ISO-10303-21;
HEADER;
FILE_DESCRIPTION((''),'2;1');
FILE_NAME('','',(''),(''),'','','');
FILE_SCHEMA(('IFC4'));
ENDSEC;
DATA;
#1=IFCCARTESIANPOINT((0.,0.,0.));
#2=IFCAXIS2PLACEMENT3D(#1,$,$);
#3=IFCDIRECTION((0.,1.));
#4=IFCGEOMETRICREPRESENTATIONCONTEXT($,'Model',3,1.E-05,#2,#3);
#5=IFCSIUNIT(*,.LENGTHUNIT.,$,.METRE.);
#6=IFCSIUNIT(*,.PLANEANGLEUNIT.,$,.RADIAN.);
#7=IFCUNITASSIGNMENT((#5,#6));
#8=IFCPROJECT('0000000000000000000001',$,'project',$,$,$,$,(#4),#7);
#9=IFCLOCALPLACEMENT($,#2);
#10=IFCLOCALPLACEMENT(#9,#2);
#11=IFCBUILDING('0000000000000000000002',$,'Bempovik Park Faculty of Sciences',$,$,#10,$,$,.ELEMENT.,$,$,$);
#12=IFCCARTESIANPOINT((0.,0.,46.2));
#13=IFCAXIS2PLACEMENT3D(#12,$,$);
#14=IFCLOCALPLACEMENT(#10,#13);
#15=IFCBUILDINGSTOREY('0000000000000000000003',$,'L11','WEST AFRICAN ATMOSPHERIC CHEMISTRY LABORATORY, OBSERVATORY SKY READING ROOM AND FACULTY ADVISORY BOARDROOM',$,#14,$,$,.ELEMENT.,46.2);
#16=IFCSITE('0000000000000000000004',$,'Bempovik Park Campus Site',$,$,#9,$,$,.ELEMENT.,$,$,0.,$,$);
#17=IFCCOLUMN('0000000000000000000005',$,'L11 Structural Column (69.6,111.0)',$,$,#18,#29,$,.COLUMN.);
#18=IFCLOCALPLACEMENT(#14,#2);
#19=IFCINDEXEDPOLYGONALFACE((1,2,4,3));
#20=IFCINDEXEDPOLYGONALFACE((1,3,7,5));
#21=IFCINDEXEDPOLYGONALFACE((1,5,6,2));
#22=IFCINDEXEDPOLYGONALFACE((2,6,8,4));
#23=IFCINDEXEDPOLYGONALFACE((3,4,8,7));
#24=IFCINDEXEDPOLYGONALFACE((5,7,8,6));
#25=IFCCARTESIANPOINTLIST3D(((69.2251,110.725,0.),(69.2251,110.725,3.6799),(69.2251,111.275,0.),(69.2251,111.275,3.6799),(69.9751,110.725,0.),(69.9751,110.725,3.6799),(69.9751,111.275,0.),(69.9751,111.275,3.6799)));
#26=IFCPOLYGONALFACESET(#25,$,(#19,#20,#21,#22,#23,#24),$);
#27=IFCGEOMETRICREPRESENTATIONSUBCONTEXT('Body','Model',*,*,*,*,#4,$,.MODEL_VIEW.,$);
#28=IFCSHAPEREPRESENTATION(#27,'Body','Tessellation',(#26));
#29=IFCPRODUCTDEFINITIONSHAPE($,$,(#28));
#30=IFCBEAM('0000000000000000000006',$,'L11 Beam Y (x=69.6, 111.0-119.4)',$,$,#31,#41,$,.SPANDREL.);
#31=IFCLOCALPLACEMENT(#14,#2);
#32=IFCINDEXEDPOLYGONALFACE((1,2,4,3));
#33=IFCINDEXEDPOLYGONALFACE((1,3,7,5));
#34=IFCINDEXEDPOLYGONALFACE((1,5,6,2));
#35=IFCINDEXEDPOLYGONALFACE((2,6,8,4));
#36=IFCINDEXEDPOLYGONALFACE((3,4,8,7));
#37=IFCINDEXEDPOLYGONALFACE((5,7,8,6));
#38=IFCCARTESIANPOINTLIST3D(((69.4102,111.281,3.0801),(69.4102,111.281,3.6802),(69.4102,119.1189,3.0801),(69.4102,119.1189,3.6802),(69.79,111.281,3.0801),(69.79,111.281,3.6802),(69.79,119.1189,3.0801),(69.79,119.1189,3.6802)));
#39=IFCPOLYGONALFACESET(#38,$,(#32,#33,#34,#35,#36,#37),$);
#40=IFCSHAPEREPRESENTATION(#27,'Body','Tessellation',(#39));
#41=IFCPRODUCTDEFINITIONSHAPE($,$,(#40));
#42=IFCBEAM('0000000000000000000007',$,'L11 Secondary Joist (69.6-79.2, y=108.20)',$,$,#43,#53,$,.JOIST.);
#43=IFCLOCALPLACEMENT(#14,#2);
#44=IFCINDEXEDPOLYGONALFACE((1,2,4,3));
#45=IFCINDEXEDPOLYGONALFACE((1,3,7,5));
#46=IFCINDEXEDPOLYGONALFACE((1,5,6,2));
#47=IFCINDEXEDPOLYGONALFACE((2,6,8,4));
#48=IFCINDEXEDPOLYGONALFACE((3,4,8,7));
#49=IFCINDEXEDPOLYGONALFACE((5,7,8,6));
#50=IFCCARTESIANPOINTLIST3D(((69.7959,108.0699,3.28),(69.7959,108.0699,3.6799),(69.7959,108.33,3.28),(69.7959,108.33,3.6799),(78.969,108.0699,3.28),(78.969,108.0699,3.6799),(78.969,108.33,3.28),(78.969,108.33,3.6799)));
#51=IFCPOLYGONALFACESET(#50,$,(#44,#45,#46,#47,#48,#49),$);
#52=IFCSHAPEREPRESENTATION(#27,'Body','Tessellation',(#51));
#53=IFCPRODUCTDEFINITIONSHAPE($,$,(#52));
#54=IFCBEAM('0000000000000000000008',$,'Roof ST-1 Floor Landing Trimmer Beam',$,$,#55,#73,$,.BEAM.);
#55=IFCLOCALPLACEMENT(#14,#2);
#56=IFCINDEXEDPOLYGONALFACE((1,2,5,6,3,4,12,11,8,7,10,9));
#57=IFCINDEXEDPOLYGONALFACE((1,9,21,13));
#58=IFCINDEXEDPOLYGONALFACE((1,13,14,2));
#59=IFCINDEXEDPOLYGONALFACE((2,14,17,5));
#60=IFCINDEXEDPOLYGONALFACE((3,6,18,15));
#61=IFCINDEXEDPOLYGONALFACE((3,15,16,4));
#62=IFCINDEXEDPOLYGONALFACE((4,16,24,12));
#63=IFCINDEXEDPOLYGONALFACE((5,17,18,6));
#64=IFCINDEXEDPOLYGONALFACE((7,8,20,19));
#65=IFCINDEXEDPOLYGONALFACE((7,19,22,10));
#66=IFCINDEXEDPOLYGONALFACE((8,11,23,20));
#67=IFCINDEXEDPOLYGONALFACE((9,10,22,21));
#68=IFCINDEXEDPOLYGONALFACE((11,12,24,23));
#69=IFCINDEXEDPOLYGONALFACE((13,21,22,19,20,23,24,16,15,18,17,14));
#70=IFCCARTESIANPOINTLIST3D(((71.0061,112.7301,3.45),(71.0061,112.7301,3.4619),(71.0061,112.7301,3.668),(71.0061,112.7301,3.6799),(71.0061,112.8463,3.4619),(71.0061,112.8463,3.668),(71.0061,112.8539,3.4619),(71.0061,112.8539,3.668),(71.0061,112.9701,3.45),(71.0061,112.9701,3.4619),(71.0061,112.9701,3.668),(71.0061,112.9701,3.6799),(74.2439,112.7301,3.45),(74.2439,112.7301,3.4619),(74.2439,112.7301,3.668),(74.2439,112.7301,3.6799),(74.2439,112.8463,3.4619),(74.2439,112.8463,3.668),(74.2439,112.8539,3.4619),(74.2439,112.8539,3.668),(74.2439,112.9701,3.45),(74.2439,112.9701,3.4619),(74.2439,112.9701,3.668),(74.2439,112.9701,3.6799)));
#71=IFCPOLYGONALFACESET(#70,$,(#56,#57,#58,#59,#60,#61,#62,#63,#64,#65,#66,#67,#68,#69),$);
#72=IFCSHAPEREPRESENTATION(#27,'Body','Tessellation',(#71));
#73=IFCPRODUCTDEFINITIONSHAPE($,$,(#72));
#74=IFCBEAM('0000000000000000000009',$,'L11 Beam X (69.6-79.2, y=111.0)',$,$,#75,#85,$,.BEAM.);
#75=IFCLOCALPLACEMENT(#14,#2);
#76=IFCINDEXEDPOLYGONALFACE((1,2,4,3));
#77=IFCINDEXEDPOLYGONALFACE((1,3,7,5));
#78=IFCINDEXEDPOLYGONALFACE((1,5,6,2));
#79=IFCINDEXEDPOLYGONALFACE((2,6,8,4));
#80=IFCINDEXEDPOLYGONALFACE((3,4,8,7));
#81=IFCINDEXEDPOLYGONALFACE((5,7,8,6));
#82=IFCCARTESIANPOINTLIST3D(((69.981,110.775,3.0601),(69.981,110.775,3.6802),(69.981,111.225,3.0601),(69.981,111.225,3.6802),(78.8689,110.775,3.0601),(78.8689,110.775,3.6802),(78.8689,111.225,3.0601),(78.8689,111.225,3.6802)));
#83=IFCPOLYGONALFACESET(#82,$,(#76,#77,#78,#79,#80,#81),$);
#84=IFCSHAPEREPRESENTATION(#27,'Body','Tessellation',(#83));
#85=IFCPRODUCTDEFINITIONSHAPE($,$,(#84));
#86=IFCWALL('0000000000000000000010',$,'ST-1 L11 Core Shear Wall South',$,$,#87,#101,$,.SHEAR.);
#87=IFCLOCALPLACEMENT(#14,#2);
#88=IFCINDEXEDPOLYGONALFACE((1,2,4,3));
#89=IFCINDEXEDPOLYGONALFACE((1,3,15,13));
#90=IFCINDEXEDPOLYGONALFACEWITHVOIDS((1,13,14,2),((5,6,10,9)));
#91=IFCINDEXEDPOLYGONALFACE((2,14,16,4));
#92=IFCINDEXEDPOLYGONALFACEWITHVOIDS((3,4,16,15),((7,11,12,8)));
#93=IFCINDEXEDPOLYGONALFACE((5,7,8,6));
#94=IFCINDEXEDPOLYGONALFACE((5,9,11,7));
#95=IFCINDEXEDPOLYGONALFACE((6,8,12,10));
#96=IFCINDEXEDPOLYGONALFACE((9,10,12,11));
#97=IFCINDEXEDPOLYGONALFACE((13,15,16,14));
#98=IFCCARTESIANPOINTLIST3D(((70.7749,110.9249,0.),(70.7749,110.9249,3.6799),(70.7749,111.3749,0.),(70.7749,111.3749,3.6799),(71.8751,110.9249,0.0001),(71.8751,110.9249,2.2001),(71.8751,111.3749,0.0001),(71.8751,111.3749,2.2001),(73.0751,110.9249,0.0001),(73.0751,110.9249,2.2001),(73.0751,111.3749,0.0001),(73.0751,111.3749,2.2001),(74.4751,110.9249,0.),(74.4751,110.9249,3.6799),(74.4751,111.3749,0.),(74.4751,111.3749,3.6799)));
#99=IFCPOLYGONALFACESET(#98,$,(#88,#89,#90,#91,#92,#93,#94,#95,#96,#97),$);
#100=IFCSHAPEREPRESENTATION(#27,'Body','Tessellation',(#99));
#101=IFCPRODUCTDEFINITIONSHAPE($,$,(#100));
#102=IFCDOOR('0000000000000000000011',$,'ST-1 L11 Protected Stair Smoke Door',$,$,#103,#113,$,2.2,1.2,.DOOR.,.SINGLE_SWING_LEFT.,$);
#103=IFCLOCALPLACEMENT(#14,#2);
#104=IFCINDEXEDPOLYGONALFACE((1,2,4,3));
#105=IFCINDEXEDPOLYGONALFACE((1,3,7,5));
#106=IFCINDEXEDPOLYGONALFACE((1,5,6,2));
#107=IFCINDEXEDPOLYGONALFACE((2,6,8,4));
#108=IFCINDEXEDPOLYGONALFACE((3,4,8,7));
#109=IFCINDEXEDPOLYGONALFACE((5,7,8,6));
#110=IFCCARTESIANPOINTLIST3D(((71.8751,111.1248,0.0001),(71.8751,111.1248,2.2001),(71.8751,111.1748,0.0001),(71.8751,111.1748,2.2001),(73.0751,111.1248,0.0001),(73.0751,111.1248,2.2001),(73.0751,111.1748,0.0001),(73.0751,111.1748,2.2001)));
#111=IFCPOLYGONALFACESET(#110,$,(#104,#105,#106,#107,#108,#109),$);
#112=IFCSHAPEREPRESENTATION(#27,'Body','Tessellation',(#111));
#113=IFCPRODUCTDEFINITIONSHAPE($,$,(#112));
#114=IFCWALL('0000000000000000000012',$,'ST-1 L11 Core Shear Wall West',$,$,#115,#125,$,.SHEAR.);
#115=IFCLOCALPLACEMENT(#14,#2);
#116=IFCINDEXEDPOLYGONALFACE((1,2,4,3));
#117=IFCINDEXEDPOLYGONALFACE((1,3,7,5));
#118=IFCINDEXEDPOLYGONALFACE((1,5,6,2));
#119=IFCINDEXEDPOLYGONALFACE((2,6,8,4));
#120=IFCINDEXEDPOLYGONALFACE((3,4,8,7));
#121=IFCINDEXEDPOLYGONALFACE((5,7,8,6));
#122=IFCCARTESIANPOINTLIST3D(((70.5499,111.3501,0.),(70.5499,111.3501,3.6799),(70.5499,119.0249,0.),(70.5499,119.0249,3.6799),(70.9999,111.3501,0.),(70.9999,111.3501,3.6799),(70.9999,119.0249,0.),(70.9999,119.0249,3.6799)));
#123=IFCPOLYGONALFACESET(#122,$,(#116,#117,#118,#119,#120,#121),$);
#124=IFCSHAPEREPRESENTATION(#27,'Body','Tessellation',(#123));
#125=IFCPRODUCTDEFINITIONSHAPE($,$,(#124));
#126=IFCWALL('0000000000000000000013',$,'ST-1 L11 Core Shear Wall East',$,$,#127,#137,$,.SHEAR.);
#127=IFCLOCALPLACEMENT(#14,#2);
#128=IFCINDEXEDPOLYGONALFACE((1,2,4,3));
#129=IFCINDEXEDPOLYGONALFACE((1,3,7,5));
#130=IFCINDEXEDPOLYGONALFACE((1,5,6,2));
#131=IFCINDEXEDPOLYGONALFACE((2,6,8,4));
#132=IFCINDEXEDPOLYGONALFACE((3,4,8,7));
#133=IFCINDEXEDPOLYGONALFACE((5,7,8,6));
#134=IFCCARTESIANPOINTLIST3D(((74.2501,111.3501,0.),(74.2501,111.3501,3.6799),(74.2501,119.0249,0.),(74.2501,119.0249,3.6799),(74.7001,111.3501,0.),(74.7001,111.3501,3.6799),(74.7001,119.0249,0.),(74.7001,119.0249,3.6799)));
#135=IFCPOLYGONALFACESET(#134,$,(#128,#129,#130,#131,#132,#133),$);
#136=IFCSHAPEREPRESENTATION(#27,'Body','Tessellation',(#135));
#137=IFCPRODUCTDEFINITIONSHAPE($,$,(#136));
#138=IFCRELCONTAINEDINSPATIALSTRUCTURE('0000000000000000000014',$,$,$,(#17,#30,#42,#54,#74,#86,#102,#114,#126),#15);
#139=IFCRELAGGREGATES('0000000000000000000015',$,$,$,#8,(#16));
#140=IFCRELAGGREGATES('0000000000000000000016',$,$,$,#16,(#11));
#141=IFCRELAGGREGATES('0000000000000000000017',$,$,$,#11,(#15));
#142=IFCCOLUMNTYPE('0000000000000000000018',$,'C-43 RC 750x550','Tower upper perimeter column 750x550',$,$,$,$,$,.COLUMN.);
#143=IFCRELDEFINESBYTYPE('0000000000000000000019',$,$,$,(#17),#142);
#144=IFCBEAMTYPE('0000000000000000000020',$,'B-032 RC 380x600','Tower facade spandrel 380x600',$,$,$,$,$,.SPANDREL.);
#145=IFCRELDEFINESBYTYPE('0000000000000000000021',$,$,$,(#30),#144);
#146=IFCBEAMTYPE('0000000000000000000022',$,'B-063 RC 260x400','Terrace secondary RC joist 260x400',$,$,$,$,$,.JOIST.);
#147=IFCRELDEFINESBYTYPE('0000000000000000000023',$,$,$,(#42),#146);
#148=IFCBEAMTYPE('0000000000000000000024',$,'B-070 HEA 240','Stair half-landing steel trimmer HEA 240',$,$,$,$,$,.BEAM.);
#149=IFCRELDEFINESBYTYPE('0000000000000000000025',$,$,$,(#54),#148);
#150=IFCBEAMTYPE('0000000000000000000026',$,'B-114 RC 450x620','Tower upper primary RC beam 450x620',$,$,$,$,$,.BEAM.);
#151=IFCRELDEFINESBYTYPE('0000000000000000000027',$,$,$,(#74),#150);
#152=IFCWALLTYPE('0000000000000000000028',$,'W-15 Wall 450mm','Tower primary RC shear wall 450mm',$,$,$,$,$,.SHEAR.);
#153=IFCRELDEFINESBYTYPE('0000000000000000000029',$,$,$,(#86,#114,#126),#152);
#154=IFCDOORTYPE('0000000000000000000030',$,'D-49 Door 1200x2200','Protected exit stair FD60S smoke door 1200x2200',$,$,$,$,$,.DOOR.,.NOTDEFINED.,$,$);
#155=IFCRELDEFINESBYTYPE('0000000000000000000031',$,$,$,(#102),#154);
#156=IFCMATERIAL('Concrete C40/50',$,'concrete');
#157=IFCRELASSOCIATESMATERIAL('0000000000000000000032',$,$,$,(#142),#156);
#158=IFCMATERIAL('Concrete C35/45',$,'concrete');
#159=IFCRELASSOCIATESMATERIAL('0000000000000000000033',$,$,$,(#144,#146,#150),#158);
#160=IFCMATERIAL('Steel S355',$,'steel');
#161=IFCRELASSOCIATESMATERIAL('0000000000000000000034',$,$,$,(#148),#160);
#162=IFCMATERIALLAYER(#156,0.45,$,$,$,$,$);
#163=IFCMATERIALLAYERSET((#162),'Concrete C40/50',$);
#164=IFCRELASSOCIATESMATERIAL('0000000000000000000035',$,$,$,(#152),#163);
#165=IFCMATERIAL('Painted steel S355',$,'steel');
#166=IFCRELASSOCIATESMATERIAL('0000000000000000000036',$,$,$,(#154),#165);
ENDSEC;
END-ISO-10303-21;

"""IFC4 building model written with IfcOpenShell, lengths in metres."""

from ifc_helpers import new_model, si_unit, direction, frame, frame_2d, origin, origin_2d, place, context, subcontext, project, spatial, rectangle, i_section, extrude, material, layer, layer_set, material_profile, profile_set, type_object, element, fill, save


model = new_model("IFC4")

# Units and contexts
model_context = context("Model", 3, precision=1e-05, world=origin(), true_north=direction((0.0, 1.0)))
body_context = subcontext(model_context, "Body", "Model", "MODEL_VIEW")
ifc_project = project(units=[si_unit("LENGTHUNIT", "METRE"), si_unit("PLANEANGLEUNIT", "RADIAN")], contexts=[model_context])

# Site, building, storey
site_placement = place(None, origin())
site = spatial("IfcSite", under=ifc_project, at=site_placement, Name="Bempovik Park Campus Site", CompositionType="ELEMENT", RefElevation=0.0)
building_placement = place(site_placement, origin())
building = spatial("IfcBuilding", under=site, at=building_placement, Name="Bempovik Park Faculty of Sciences", CompositionType="ELEMENT")
storey_placement = place(building_placement, frame((0.0, 0.0, 46.2)))
storey = spatial("IfcBuildingStorey", under=building, at=storey_placement, Name="L11", Description="WEST AFRICAN ATMOSPHERIC CHEMISTRY LABORATORY, OBSERVATORY SKY READING ROOM AND FACULTY ADVISORY BOARDROOM", CompositionType="ELEMENT", Elevation=46.2)

# Column
ifc_material_1 = material(Name="Concrete C40/50", Category="concrete")
ifc_material_profile_1 = material_profile(ifc_material_1, rectangle(XDim=0.75, YDim=0.55, at=origin_2d()), Name="RC 750x550")
ifc_profile_set_1 = profile_set([ifc_material_profile_1], Name="Concrete C40/50")
column_type = type_object("IfcColumnType", Name="C-43 RC 750x550", Description="Tower upper perimeter column 750x550", PredefinedType="COLUMN", material=ifc_profile_set_1)
column_placement = place(storey_placement, frame((69.6001, 111.0, 0.0), z_axis=(0.0, 0.0, 1.0), x_axis=(1.0, 0.0, 0.0)))
element("IfcColumn", 1, at=column_placement, inside=storey, type_object=column_type, Name="L11 Structural Column (69.6,111.0)", PredefinedType="COLUMN", context=body_context, shape_type="SweptSolid", body=[
    extrude(rectangle(XDim=0.75, YDim=0.55, at=origin_2d()), origin(), (0.0, 0.0, 1.0), 3.6799),
])

# Beams
ifc_material_2 = material(Name="Concrete C35/45", Category="concrete")
ifc_material_profile_2 = material_profile(ifc_material_2, rectangle(XDim=0.3799, YDim=0.6001, at=origin_2d()), Name="RC 380x600")
ifc_profile_set_2 = profile_set([ifc_material_profile_2], Name="Concrete C35/45")
beam_type_1 = type_object("IfcBeamType", Name="B-032 RC 380x600", Description="Tower facade spandrel 380x600", PredefinedType="SPANDREL", material=ifc_profile_set_2)
beam_1_placement = place(storey_placement, frame((69.6001, 111.281, 3.3801), z_axis=(0.0, 1.0, 0.0), x_axis=(-1.0, 0.0, 0.0)))
element("IfcBeam", 2, at=beam_1_placement, inside=storey, type_object=beam_type_1, Name="L11 Beam Y (x=69.6, 111.0-119.4)", PredefinedType="SPANDREL", context=body_context, shape_type="SweptSolid", body=[
    extrude(rectangle(XDim=0.3799, YDim=0.6001, at=origin_2d()), origin(), (0.0, 0.0, 1.0), 7.8379),
])
ifc_material_profile_3 = material_profile(ifc_material_2, rectangle(XDim=0.26, YDim=0.3999, at=origin_2d()), Name="RC 260x400")
ifc_profile_set_3 = profile_set([ifc_material_profile_3], Name="Concrete C35/45")
beam_type_2 = type_object("IfcBeamType", Name="B-063 RC 260x400", Description="Terrace secondary RC joist 260x400", PredefinedType="JOIST", material=ifc_profile_set_3)
beam_2_placement = place(storey_placement, frame((69.7959, 108.2, 3.48), z_axis=(1.0, 0.0, 0.0), x_axis=(0.0, 1.0, 0.0)))
element("IfcBeam", 3, at=beam_2_placement, inside=storey, type_object=beam_type_2, Name="L11 Secondary Joist (69.6-79.2, y=108.20)", PredefinedType="JOIST", context=body_context, shape_type="SweptSolid", body=[
    extrude(rectangle(XDim=0.26, YDim=0.3999, at=origin_2d()), origin(), (0.0, 0.0, 1.0), 9.1731),
])
ifc_material_3 = material(Name="Steel S355", Category="steel")
ifc_material_profile_4 = material_profile(ifc_material_3, i_section(OverallWidth=0.24, OverallDepth=0.23, WebThickness=0.0076, FlangeThickness=0.012, at=origin_2d()), Name="HEA 240")
ifc_profile_set_4 = profile_set([ifc_material_profile_4], Name="Steel S355")
beam_type_3 = type_object("IfcBeamType", Name="B-070 HEA 240", Description="Stair half-landing steel trimmer HEA 240", PredefinedType="BEAM", material=ifc_profile_set_4)
beam_3_placement = place(storey_placement, frame((71.0061, 112.8501, 3.5649), z_axis=(1.0, 0.0, 0.0), x_axis=(0.0, 1.0, 0.0)))
element("IfcBeam", 4, at=beam_3_placement, inside=storey, type_object=beam_type_3, Name="Roof ST-1 Floor Landing Trimmer Beam", PredefinedType="BEAM", context=body_context, shape_type="SweptSolid", body=[
    extrude(i_section(OverallWidth=0.24, OverallDepth=0.23, WebThickness=0.0076, FlangeThickness=0.012, at=origin_2d()), origin(), (0.0, 0.0, 1.0), 3.2378),
])
ifc_material_profile_5 = material_profile(ifc_material_2, rectangle(XDim=0.45, YDim=0.6201, at=origin_2d()), Name="RC 450x620")
ifc_profile_set_5 = profile_set([ifc_material_profile_5], Name="Concrete C35/45")
beam_type_4 = type_object("IfcBeamType", Name="B-114 RC 450x620", Description="Tower upper primary RC beam 450x620", PredefinedType="BEAM", material=ifc_profile_set_5)
beam_4_placement = place(storey_placement, frame((69.981, 111.0, 3.3701), z_axis=(1.0, 0.0, 0.0), x_axis=(0.0, 1.0, 0.0)))
element("IfcBeam", 5, at=beam_4_placement, inside=storey, type_object=beam_type_4, Name="L11 Beam X (69.6-79.2, y=111.0)", PredefinedType="BEAM", context=body_context, shape_type="SweptSolid", body=[
    extrude(rectangle(XDim=0.45, YDim=0.6201, at=origin_2d()), origin(), (0.0, 0.0, 1.0), 8.8879),
])

# Wall, opening, door
ifc_layer_1 = layer(ifc_material_1, 0.45)
ifc_layer_set_1 = layer_set([ifc_layer_1], Name="Concrete C40/50")
wall_type_1 = type_object("IfcWallType", Name="W-15 Wall 450mm", Description="Tower primary RC shear wall 450mm", PredefinedType="SHEAR", material=ifc_layer_set_1)
wall_1_placement = place(storey_placement, frame((70.7749, 111.1499, 0.0), z_axis=(0.0, 0.0, 1.0), x_axis=(1.0, 0.0, 0.0)))
wall_1 = element("IfcWall", 6, at=wall_1_placement, inside=storey, type_object=wall_type_1, Name="ST-1 L11 Core Shear Wall South", PredefinedType="SHEAR", context=body_context, shape_type="SweptSolid", body=[
    extrude(rectangle(XDim=3.7002, YDim=0.45, at=frame_2d((1.8501, 0.0))), origin(), (0.0, 0.0, 1.0), 3.6799),
])
opening_1_placement = place(wall_1_placement, frame((1.1001, 0.0, 0.0)))
opening_1 = element("IfcOpeningElement", 7, at=opening_1_placement, cuts=wall_1, PredefinedType="OPENING", context=body_context, shape_type="SweptSolid", body=[
    extrude(rectangle(XDim=1.2, YDim=2.2, at=frame_2d((0.6001, 1.1001))), frame((0.0, 0.2349, 0.0), z_axis=(0.0, -1.0, 0.0), x_axis=(1.0, 0.0, 0.0)), (0.0, 0.0, 1.0), 0.47),
])
ifc_material_4 = material(Name="Painted steel S355", Category="steel")
door_type = type_object("IfcDoorType", Name="D-49 Door 1200x2200", Description="Protected exit stair FD60S smoke door 1200x2200", OperationType="NOTDEFINED", PredefinedType="DOOR", material=ifc_material_4)
door_placement = place(opening_1_placement, origin())
door = element("IfcDoor", 8, at=door_placement, inside=storey, type_object=door_type, Name="ST-1 L11 Protected Stair Smoke Door", OperationType="SINGLE_SWING_LEFT", OverallHeight=2.2, OverallWidth=1.2, PredefinedType="DOOR", context=body_context, shape_type="SweptSolid", body=[
    extrude(rectangle(XDim=1.2, YDim=2.2, at=frame_2d((0.6001, 1.1001))), frame((0.0, 0.0249, 0.0), z_axis=(0.0, -1.0, 0.0), x_axis=(1.0, 0.0, 0.0)), (0.0, 0.0, 1.0), 0.05),
])
fill(opening_1, door)

# Walls
for number, where, z_axis, x_axis, name in (
    (9, (70.7749, 111.3501, 0.0), (0.0, 0.0, 1.0), (0.0, 1.0, 0.0), "ST-1 L11 Core Shear Wall West"),
    (10, (74.4751, 111.3501, 0.0), (0.0, 0.0, 1.0), (0.0, 1.0, 0.0), "ST-1 L11 Core Shear Wall East"),
):
    element("IfcWall", number, at=place(storey_placement, frame(where, z_axis=z_axis, x_axis=x_axis)), inside=storey, type_object=wall_type_1, Name=name, PredefinedType="SHEAR", context=body_context, shape_type="SweptSolid", body=[
        extrude(rectangle(XDim=7.6748, YDim=0.45, at=frame_2d((3.8374, 0.0))), origin(), (0.0, 0.0, 1.0), 3.6799),
    ])

save(model, "model.ifc")
